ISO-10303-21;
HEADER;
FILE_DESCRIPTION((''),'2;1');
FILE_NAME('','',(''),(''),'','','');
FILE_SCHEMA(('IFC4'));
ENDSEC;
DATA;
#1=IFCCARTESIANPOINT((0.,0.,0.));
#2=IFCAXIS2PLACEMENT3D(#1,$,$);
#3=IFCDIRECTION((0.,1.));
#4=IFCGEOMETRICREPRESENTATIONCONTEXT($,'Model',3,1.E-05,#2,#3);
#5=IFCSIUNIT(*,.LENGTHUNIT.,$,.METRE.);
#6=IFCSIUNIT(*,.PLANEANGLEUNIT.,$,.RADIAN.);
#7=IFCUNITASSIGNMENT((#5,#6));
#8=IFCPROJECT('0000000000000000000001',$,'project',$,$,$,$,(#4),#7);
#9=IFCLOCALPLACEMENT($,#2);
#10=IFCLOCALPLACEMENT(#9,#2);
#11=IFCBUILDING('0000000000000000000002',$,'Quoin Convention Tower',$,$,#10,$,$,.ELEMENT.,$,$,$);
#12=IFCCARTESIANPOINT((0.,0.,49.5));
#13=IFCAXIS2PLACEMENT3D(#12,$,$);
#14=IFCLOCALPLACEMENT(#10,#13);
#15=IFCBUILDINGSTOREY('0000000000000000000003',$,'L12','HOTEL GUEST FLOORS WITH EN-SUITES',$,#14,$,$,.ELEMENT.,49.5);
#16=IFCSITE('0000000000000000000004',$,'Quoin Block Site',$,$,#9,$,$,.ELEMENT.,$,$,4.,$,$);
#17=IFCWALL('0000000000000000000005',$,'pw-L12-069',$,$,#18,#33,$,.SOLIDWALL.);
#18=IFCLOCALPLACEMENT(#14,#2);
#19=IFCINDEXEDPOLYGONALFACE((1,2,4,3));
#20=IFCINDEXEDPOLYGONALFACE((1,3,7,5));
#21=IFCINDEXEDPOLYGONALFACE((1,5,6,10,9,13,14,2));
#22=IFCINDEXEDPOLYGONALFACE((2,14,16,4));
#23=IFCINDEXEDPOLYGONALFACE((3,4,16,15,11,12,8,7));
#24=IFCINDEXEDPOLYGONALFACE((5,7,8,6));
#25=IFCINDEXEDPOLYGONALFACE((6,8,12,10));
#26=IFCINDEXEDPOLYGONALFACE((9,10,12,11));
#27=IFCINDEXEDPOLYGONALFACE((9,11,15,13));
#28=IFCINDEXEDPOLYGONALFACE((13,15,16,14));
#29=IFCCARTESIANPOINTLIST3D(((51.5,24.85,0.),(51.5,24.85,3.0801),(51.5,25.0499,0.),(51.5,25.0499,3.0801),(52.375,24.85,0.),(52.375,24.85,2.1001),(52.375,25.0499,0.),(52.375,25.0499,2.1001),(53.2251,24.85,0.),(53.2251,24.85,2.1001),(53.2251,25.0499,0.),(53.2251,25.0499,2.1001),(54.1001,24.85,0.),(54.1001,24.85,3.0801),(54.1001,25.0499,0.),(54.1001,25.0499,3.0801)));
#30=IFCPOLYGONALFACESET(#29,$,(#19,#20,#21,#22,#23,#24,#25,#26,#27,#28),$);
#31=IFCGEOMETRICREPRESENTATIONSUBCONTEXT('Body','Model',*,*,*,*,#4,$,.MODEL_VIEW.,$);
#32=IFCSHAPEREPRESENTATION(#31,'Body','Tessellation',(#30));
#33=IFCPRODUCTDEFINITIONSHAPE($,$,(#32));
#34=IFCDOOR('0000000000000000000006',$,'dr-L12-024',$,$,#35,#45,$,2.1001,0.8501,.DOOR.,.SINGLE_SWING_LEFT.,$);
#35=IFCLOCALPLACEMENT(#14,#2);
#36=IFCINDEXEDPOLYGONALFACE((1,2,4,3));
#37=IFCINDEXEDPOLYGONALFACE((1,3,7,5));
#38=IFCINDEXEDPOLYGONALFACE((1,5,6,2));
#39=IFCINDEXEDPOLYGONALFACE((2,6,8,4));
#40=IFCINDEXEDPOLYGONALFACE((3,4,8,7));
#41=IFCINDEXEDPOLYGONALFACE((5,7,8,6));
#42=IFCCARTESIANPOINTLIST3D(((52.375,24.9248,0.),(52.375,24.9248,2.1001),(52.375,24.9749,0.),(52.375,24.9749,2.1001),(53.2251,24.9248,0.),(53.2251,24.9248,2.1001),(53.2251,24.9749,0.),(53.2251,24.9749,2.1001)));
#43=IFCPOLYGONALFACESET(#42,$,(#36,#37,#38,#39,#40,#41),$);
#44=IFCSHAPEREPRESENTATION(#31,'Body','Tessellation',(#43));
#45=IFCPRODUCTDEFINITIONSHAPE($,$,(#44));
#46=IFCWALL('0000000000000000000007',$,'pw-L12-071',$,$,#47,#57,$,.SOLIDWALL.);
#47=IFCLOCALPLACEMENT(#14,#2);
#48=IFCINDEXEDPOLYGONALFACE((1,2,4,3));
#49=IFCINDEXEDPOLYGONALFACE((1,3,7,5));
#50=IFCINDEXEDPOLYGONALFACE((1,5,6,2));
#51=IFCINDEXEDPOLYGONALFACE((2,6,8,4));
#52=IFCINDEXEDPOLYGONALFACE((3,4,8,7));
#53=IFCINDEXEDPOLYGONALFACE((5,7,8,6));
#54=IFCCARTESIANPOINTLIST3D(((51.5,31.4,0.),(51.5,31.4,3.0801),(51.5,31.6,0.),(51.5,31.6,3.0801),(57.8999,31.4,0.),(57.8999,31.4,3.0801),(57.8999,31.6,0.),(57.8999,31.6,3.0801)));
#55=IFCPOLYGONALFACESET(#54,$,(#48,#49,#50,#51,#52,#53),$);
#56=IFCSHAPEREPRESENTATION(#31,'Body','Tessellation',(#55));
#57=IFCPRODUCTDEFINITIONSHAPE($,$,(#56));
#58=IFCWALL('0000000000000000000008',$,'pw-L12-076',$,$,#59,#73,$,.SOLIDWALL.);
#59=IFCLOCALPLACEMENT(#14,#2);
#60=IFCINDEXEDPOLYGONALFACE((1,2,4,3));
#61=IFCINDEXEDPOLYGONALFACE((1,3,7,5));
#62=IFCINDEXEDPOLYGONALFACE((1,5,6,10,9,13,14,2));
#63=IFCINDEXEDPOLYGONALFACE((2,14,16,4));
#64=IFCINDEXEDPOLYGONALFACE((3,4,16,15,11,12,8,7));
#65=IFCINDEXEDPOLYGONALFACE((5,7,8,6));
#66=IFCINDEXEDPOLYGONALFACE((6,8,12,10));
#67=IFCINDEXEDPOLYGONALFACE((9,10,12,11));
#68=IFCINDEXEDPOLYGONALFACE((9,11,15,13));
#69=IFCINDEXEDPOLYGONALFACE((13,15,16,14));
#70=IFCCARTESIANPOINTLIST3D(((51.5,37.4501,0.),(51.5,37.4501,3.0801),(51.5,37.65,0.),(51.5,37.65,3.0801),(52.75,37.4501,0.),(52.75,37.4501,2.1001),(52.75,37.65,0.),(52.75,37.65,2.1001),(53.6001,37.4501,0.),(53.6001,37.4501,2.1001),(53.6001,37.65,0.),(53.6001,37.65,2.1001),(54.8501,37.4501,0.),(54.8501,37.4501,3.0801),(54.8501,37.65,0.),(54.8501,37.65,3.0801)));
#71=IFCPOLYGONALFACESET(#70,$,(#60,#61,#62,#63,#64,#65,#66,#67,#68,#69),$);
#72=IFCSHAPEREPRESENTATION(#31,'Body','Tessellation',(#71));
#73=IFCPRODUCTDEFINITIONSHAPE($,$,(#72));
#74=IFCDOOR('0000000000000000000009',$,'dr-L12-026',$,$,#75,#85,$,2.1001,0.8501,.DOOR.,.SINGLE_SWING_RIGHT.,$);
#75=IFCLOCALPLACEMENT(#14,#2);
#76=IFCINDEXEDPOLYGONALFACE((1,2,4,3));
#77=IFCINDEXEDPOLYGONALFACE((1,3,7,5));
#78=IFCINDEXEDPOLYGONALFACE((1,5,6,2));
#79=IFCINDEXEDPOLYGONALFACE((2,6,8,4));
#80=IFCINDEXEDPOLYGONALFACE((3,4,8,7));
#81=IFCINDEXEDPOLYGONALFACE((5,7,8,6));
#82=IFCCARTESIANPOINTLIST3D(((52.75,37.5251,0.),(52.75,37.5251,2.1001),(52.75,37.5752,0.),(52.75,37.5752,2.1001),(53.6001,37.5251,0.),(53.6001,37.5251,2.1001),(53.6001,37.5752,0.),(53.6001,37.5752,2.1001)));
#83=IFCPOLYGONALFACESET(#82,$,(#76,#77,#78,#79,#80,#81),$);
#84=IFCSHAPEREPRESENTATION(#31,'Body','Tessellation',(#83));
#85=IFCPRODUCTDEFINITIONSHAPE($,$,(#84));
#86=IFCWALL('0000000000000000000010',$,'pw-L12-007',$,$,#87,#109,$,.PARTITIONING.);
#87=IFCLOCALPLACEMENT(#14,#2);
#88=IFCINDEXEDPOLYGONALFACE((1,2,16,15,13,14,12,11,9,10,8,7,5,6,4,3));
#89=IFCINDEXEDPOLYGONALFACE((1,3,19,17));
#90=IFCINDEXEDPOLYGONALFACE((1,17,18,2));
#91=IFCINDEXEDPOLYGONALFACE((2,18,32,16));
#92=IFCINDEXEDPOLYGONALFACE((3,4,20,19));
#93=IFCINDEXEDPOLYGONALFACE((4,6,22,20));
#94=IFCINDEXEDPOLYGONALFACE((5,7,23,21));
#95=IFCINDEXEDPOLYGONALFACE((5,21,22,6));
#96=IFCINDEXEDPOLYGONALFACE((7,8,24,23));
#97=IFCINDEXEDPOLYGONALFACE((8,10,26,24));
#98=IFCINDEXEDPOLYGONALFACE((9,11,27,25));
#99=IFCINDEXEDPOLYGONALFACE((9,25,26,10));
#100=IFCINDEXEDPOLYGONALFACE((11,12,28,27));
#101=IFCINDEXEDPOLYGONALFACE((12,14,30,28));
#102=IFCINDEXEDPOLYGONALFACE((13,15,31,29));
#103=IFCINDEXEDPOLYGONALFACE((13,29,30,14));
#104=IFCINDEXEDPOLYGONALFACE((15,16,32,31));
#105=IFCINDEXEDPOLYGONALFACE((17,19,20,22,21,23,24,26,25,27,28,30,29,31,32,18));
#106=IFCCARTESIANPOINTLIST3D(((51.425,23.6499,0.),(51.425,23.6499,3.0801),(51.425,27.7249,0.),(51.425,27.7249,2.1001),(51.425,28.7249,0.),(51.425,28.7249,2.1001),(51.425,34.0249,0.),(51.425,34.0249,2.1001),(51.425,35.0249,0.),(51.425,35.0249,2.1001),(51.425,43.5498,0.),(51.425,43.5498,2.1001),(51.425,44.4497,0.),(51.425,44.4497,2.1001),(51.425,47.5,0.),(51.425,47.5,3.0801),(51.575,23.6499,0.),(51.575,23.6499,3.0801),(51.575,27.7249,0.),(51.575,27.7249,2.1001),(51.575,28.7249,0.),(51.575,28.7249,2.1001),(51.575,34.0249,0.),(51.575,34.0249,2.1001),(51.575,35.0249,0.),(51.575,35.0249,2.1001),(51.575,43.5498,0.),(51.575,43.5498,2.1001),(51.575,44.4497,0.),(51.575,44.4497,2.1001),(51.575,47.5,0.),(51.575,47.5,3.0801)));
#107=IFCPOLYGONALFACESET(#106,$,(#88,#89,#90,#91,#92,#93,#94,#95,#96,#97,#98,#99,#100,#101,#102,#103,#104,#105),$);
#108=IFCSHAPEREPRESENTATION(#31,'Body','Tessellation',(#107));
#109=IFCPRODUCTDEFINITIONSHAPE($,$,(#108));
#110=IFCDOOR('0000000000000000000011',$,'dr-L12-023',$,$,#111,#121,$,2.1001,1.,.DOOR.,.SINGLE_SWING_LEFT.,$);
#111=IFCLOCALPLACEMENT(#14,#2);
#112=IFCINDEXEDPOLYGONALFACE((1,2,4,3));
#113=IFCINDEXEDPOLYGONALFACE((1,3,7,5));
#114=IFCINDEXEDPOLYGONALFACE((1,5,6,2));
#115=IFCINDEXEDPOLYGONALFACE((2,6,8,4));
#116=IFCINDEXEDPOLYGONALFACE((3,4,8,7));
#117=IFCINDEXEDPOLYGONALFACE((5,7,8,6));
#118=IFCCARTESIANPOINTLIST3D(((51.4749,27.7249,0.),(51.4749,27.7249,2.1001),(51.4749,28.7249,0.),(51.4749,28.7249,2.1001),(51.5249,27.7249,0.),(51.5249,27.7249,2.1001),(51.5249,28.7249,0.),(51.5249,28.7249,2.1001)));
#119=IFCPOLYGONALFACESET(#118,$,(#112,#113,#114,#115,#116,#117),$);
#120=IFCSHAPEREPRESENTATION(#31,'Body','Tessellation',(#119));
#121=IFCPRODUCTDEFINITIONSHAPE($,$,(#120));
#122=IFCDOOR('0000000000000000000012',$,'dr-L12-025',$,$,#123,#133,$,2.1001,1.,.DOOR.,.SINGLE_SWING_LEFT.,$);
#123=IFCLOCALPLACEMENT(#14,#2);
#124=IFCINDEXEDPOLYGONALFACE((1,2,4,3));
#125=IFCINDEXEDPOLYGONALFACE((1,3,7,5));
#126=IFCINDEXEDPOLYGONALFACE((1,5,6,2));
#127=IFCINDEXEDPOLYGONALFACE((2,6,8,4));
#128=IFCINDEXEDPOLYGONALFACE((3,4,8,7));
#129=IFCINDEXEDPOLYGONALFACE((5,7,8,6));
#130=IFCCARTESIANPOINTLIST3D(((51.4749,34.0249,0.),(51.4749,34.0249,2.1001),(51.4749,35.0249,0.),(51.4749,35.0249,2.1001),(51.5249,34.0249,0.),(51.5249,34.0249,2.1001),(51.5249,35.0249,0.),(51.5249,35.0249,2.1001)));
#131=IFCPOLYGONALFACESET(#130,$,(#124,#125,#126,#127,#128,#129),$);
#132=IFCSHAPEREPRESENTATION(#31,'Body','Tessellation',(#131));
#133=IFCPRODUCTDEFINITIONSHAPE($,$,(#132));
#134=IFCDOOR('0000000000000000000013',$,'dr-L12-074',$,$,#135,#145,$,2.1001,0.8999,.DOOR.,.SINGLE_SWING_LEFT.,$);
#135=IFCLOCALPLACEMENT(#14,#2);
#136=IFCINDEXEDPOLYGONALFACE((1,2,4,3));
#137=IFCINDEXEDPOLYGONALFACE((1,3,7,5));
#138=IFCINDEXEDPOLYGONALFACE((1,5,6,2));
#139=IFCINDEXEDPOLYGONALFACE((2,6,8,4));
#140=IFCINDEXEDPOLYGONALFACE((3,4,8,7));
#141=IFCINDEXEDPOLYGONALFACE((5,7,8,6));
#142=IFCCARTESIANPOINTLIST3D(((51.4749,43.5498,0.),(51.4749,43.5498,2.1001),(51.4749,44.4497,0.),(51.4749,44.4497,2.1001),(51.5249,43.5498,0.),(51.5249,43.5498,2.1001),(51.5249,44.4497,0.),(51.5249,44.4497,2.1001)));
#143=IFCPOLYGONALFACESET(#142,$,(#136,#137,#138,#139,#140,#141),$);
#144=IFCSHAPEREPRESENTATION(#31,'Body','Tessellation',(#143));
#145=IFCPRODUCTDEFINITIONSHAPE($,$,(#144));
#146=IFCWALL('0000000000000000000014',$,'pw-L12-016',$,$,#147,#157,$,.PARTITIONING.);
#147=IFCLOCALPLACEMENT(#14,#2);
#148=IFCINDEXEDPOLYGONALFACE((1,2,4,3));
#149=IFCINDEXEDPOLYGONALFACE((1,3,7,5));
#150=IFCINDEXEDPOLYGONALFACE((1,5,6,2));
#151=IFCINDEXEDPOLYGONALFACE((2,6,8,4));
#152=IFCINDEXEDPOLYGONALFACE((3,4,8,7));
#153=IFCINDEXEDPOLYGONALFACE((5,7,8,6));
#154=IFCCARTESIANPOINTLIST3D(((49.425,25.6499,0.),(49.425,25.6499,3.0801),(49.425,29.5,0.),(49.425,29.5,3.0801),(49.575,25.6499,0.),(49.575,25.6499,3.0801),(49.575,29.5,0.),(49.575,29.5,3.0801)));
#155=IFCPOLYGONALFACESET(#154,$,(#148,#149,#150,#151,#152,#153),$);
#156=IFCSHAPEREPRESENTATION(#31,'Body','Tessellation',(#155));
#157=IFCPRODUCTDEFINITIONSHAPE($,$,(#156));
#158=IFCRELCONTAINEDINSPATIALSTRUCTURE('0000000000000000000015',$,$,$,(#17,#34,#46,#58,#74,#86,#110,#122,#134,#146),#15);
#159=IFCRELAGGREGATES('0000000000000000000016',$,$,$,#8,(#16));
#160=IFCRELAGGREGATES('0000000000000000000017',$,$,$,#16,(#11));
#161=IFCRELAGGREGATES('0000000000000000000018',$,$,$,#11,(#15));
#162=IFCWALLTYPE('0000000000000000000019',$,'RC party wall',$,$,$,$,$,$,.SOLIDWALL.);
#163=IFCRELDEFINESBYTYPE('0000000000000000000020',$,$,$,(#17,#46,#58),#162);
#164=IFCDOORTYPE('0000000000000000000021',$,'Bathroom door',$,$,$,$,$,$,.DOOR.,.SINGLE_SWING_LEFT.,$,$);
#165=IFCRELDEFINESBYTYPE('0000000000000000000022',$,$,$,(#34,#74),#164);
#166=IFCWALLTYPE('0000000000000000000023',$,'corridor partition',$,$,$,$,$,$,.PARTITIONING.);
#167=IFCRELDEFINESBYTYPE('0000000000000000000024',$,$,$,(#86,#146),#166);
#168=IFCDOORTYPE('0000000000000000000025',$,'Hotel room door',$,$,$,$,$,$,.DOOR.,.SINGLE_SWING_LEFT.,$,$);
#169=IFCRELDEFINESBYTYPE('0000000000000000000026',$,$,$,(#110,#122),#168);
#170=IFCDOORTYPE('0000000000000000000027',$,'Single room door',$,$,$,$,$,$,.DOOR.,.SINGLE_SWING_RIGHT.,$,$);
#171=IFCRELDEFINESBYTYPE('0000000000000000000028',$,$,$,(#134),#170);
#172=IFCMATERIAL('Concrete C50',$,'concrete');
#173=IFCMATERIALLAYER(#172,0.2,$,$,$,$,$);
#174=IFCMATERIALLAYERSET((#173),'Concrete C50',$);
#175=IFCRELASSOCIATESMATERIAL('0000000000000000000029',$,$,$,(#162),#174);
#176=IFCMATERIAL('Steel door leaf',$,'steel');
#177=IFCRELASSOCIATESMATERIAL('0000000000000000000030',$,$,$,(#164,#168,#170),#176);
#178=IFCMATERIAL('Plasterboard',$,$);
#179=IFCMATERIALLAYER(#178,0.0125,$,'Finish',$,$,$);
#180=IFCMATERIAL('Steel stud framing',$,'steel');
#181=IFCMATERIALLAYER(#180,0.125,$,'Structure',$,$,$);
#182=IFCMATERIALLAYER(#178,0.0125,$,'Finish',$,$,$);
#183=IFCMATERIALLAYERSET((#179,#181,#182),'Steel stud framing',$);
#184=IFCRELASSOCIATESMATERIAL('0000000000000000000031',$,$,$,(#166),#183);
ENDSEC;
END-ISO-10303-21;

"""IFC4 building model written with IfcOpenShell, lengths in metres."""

from ifc_helpers import new_model, si_unit, direction, frame, frame_2d, origin, place, context, subcontext, project, spatial, rectangle, extrude, material, layer, layer_set, type_object, element, fill, save


model = new_model("IFC4")

# Units and contexts
model_context = context("Model", 3, precision=1e-05, world=origin(), true_north=direction((0.0, 1.0)))
body_context = subcontext(model_context, "Body", "Model", "MODEL_VIEW")
ifc_project = project(units=[si_unit("LENGTHUNIT", "METRE"), si_unit("PLANEANGLEUNIT", "RADIAN")], contexts=[model_context])

# Site, building, storey
site_placement = place(None, origin())
site = spatial("IfcSite", under=ifc_project, at=site_placement, Name="Quoin Block Site", CompositionType="ELEMENT", RefElevation=4.0)
building_placement = place(site_placement, origin())
building = spatial("IfcBuilding", under=site, at=building_placement, Name="Quoin Convention Tower", CompositionType="ELEMENT")
storey_placement = place(building_placement, frame((0.0, 0.0, 49.5)))
storey = spatial("IfcBuildingStorey", under=building, at=storey_placement, Name="L12", Description="HOTEL GUEST FLOORS WITH EN-SUITES", CompositionType="ELEMENT", Elevation=49.5)

# Shared definitions
ifc_material_1 = material(Name="Concrete C50", Category="concrete")
ifc_layer_1 = layer(ifc_material_1, 0.2)
ifc_layer_set_1 = layer_set([ifc_layer_1], Name="Concrete C50")
wall_type_1 = type_object("IfcWallType", Name="RC party wall", PredefinedType="SOLIDWALL", material=ifc_layer_set_1)

# Shared definitions
ifc_material_2 = material(Name="Steel door leaf", Category="steel")
door_type_1 = type_object("IfcDoorType", Name="Bathroom door", OperationType="SINGLE_SWING_LEFT", PredefinedType="DOOR", material=ifc_material_2)

# Wall, opening, door
wall_1_placement = place(storey_placement, frame((51.5, 24.95, 0.0), z_axis=(0.0, 0.0, 1.0), x_axis=(1.0, 0.0, 0.0)))
wall_1 = element("IfcWall", 1, at=wall_1_placement, inside=storey, type_object=wall_type_1, Name="pw-L12-069", PredefinedType="SOLIDWALL", context=body_context, shape_type="SweptSolid", body=[
    extrude(rectangle(XDim=2.6001, YDim=0.2, at=frame_2d((1.3, 0.0))), origin(), (0.0, 0.0, 1.0), 3.0801),
])
opening_1_placement = place(wall_1_placement, frame((0.875, 0.0, 0.0)))
opening_1 = element("IfcOpeningElement", 2, at=opening_1_placement, cuts=wall_1, PredefinedType="OPENING", context=body_context, shape_type="SweptSolid", body=[
    extrude(rectangle(XDim=0.8501, YDim=2.1001, at=frame_2d((0.425, 1.05))), frame((0.0, 0.1099, 0.0), z_axis=(0.0, -1.0, 0.0), x_axis=(1.0, 0.0, 0.0)), (0.0, 0.0, 1.0), 0.22),
])
door_1_placement = place(opening_1_placement, origin())
door_1 = element("IfcDoor", 3, at=door_1_placement, inside=storey, type_object=door_type_1, Name="dr-L12-024", OperationType="SINGLE_SWING_LEFT", OverallHeight=2.1001, OverallWidth=0.8501, PredefinedType="DOOR", context=body_context, shape_type="SweptSolid", body=[
    extrude(rectangle(XDim=0.8501, YDim=2.1001, at=frame_2d((0.425, 1.05))), frame((0.0, 0.0249, 0.0), z_axis=(0.0, -1.0, 0.0), x_axis=(1.0, 0.0, 0.0)), (0.0, 0.0, 1.0), 0.05),
])
fill(opening_1, door_1)

# Wall
wall_2_placement = place(storey_placement, frame((51.5, 31.5, 0.0), z_axis=(0.0, 0.0, 1.0), x_axis=(1.0, 0.0, 0.0)))
element("IfcWall", 4, at=wall_2_placement, inside=storey, type_object=wall_type_1, Name="pw-L12-071", PredefinedType="SOLIDWALL", context=body_context, shape_type="SweptSolid", body=[
    extrude(rectangle(XDim=6.3999, YDim=0.2, at=frame_2d((3.2, 0.0))), origin(), (0.0, 0.0, 1.0), 3.0801),
])

# Wall, opening, door
wall_3_placement = place(storey_placement, frame((51.5, 37.55, 0.0), z_axis=(0.0, 0.0, 1.0), x_axis=(1.0, 0.0, 0.0)))
wall_3 = element("IfcWall", 5, at=wall_3_placement, inside=storey, type_object=wall_type_1, Name="pw-L12-076", PredefinedType="SOLIDWALL", context=body_context, shape_type="SweptSolid", body=[
    extrude(rectangle(XDim=3.3501, YDim=0.2, at=frame_2d((1.675, 0.0))), origin(), (0.0, 0.0, 1.0), 3.0801),
])
opening_2_placement = place(wall_3_placement, frame((1.25, 0.0, 0.0)))
opening_2 = element("IfcOpeningElement", 6, at=opening_2_placement, cuts=wall_3, PredefinedType="OPENING", context=body_context, shape_type="SweptSolid", body=[
    extrude(rectangle(XDim=0.8501, YDim=2.1001, at=frame_2d((0.425, 1.05))), frame((0.0, 0.1099, 0.0), z_axis=(0.0, -1.0, 0.0), x_axis=(1.0, 0.0, 0.0)), (0.0, 0.0, 1.0), 0.22),
])
door_2_placement = place(opening_2_placement, frame((0.8501, 0.0, 0.0), z_axis=(0.0, 0.0, 1.0), x_axis=(-1.0, 0.0, 0.0)))
door_2 = element("IfcDoor", 7, at=door_2_placement, inside=storey, type_object=door_type_1, Name="dr-L12-026", OperationType="SINGLE_SWING_RIGHT", OverallHeight=2.1001, OverallWidth=0.8501, PredefinedType="DOOR", context=body_context, shape_type="SweptSolid", body=[
    extrude(rectangle(XDim=0.8501, YDim=2.1001, at=frame_2d((0.425, 1.05))), frame((0.0, 0.0249, 0.0), z_axis=(0.0, -1.0, 0.0), x_axis=(1.0, 0.0, 0.0)), (0.0, 0.0, 1.0), 0.05),
])
fill(opening_2, door_2)

# Wall, openings, doors
ifc_material_3 = material(Name="Plasterboard")
ifc_layer_2 = layer(ifc_material_3, 0.0125, Name="Finish")
ifc_material_4 = material(Name="Steel stud framing", Category="steel")
ifc_layer_3 = layer(ifc_material_4, 0.125, Name="Structure")
ifc_layer_4 = layer(ifc_material_3, 0.0125, Name="Finish")
ifc_layer_set_2 = layer_set([ifc_layer_2, ifc_layer_3, ifc_layer_4], Name="Steel stud framing")
wall_type_2 = type_object("IfcWallType", Name="corridor partition", PredefinedType="PARTITIONING", material=ifc_layer_set_2)
wall_4_placement = place(storey_placement, frame((51.5, 23.6499, 0.0), z_axis=(0.0, 0.0, 1.0), x_axis=(0.0, 1.0, 0.0)))
wall_4 = element("IfcWall", 8, at=wall_4_placement, inside=storey, type_object=wall_type_2, Name="pw-L12-007", PredefinedType="PARTITIONING", context=body_context, shape_type="SweptSolid", body=[
    extrude(rectangle(XDim=23.8501, YDim=0.1499, at=frame_2d((11.925, 0.0))), origin(), (0.0, 0.0, 1.0), 3.0801),
])
opening_3_placement = place(wall_4_placement, frame((4.075, 0.0, 0.0)))
opening_3 = element("IfcOpeningElement", 9, at=opening_3_placement, cuts=wall_4, PredefinedType="OPENING", context=body_context, shape_type="SweptSolid", body=[
    extrude(rectangle(XDim=1.0, YDim=2.1001, at=frame_2d((0.5, 1.05))), frame((0.0, 0.085, 0.0), z_axis=(0.0, -1.0, 0.0), x_axis=(1.0, 0.0, 0.0)), (0.0, 0.0, 1.0), 0.1699),
])
opening_4_placement = place(wall_4_placement, frame((10.375, 0.0, 0.0)))
opening_4 = element("IfcOpeningElement", 10, at=opening_4_placement, cuts=wall_4, PredefinedType="OPENING", context=body_context, shape_type="SweptSolid", body=[
    extrude(rectangle(XDim=1.0, YDim=2.1001, at=frame_2d((0.5, 1.05))), frame((0.0, 0.085, 0.0), z_axis=(0.0, -1.0, 0.0), x_axis=(1.0, 0.0, 0.0)), (0.0, 0.0, 1.0), 0.1699),
])
opening_5_placement = place(wall_4_placement, frame((19.8999, 0.0, 0.0)))
opening_5 = element("IfcOpeningElement", 11, at=opening_5_placement, cuts=wall_4, PredefinedType="OPENING", context=body_context, shape_type="SweptSolid", body=[
    extrude(rectangle(XDim=0.8999, YDim=2.1001, at=frame_2d((0.45, 1.05))), frame((0.0, 0.085, 0.0), z_axis=(0.0, -1.0, 0.0), x_axis=(1.0, 0.0, 0.0)), (0.0, 0.0, 1.0), 0.1699),
])
door_type_2 = type_object("IfcDoorType", Name="Hotel room door", OperationType="SINGLE_SWING_LEFT", PredefinedType="DOOR", material=ifc_material_2)
door_3_placement = place(opening_3_placement, frame((1.0, 0.0, 0.0), z_axis=(0.0, 0.0, 1.0), x_axis=(-1.0, 0.0, 0.0)))
door_3 = element("IfcDoor", 12, at=door_3_placement, inside=storey, type_object=door_type_2, Name="dr-L12-023", OperationType="SINGLE_SWING_LEFT", OverallHeight=2.1001, OverallWidth=1.0, PredefinedType="DOOR", context=body_context, shape_type="SweptSolid", body=[
    extrude(rectangle(XDim=1.0, YDim=2.1001, at=frame_2d((0.5, 1.05))), frame((0.0, 0.0249, 0.0), z_axis=(0.0, -1.0, 0.0), x_axis=(1.0, 0.0, 0.0)), (0.0, 0.0, 1.0), 0.05),
])
fill(opening_3, door_3)
door_4_placement = place(opening_4_placement, frame((1.0, 0.0, 0.0), z_axis=(0.0, 0.0, 1.0), x_axis=(-1.0, 0.0, 0.0)))
door_4 = element("IfcDoor", 13, at=door_4_placement, inside=storey, type_object=door_type_2, Name="dr-L12-025", OperationType="SINGLE_SWING_LEFT", OverallHeight=2.1001, OverallWidth=1.0, PredefinedType="DOOR", context=body_context, shape_type="SweptSolid", body=[
    extrude(rectangle(XDim=1.0, YDim=2.1001, at=frame_2d((0.5, 1.05))), frame((0.0, 0.0249, 0.0), z_axis=(0.0, -1.0, 0.0), x_axis=(1.0, 0.0, 0.0)), (0.0, 0.0, 1.0), 0.05),
])
fill(opening_4, door_4)
door_type_3 = type_object("IfcDoorType", Name="Single room door", OperationType="SINGLE_SWING_RIGHT", PredefinedType="DOOR", material=ifc_material_2)
door_5_placement = place(opening_5_placement, frame((0.8999, 0.0, 0.0), z_axis=(0.0, 0.0, 1.0), x_axis=(-1.0, 0.0, 0.0)))
door_5 = element("IfcDoor", 14, at=door_5_placement, inside=storey, type_object=door_type_3, Name="dr-L12-074", OperationType="SINGLE_SWING_LEFT", OverallHeight=2.1001, OverallWidth=0.8999, PredefinedType="DOOR", context=body_context, shape_type="SweptSolid", body=[
    extrude(rectangle(XDim=0.8999, YDim=2.1001, at=frame_2d((0.45, 1.05))), frame((0.0, 0.0249, 0.0), z_axis=(0.0, -1.0, 0.0), x_axis=(1.0, 0.0, 0.0)), (0.0, 0.0, 1.0), 0.05),
])
fill(opening_5, door_5)

# Wall
wall_5_placement = place(storey_placement, frame((49.5, 25.6499, 0.0), z_axis=(0.0, 0.0, 1.0), x_axis=(0.0, 1.0, 0.0)))
element("IfcWall", 15, at=wall_5_placement, inside=storey, type_object=wall_type_2, Name="pw-L12-016", PredefinedType="PARTITIONING", context=body_context, shape_type="SweptSolid", body=[
    extrude(rectangle(XDim=3.8501, YDim=0.1499, at=frame_2d((1.925, 0.0))), origin(), (0.0, 0.0, 1.0), 3.0801),
])

save(model, "model.ifc")
